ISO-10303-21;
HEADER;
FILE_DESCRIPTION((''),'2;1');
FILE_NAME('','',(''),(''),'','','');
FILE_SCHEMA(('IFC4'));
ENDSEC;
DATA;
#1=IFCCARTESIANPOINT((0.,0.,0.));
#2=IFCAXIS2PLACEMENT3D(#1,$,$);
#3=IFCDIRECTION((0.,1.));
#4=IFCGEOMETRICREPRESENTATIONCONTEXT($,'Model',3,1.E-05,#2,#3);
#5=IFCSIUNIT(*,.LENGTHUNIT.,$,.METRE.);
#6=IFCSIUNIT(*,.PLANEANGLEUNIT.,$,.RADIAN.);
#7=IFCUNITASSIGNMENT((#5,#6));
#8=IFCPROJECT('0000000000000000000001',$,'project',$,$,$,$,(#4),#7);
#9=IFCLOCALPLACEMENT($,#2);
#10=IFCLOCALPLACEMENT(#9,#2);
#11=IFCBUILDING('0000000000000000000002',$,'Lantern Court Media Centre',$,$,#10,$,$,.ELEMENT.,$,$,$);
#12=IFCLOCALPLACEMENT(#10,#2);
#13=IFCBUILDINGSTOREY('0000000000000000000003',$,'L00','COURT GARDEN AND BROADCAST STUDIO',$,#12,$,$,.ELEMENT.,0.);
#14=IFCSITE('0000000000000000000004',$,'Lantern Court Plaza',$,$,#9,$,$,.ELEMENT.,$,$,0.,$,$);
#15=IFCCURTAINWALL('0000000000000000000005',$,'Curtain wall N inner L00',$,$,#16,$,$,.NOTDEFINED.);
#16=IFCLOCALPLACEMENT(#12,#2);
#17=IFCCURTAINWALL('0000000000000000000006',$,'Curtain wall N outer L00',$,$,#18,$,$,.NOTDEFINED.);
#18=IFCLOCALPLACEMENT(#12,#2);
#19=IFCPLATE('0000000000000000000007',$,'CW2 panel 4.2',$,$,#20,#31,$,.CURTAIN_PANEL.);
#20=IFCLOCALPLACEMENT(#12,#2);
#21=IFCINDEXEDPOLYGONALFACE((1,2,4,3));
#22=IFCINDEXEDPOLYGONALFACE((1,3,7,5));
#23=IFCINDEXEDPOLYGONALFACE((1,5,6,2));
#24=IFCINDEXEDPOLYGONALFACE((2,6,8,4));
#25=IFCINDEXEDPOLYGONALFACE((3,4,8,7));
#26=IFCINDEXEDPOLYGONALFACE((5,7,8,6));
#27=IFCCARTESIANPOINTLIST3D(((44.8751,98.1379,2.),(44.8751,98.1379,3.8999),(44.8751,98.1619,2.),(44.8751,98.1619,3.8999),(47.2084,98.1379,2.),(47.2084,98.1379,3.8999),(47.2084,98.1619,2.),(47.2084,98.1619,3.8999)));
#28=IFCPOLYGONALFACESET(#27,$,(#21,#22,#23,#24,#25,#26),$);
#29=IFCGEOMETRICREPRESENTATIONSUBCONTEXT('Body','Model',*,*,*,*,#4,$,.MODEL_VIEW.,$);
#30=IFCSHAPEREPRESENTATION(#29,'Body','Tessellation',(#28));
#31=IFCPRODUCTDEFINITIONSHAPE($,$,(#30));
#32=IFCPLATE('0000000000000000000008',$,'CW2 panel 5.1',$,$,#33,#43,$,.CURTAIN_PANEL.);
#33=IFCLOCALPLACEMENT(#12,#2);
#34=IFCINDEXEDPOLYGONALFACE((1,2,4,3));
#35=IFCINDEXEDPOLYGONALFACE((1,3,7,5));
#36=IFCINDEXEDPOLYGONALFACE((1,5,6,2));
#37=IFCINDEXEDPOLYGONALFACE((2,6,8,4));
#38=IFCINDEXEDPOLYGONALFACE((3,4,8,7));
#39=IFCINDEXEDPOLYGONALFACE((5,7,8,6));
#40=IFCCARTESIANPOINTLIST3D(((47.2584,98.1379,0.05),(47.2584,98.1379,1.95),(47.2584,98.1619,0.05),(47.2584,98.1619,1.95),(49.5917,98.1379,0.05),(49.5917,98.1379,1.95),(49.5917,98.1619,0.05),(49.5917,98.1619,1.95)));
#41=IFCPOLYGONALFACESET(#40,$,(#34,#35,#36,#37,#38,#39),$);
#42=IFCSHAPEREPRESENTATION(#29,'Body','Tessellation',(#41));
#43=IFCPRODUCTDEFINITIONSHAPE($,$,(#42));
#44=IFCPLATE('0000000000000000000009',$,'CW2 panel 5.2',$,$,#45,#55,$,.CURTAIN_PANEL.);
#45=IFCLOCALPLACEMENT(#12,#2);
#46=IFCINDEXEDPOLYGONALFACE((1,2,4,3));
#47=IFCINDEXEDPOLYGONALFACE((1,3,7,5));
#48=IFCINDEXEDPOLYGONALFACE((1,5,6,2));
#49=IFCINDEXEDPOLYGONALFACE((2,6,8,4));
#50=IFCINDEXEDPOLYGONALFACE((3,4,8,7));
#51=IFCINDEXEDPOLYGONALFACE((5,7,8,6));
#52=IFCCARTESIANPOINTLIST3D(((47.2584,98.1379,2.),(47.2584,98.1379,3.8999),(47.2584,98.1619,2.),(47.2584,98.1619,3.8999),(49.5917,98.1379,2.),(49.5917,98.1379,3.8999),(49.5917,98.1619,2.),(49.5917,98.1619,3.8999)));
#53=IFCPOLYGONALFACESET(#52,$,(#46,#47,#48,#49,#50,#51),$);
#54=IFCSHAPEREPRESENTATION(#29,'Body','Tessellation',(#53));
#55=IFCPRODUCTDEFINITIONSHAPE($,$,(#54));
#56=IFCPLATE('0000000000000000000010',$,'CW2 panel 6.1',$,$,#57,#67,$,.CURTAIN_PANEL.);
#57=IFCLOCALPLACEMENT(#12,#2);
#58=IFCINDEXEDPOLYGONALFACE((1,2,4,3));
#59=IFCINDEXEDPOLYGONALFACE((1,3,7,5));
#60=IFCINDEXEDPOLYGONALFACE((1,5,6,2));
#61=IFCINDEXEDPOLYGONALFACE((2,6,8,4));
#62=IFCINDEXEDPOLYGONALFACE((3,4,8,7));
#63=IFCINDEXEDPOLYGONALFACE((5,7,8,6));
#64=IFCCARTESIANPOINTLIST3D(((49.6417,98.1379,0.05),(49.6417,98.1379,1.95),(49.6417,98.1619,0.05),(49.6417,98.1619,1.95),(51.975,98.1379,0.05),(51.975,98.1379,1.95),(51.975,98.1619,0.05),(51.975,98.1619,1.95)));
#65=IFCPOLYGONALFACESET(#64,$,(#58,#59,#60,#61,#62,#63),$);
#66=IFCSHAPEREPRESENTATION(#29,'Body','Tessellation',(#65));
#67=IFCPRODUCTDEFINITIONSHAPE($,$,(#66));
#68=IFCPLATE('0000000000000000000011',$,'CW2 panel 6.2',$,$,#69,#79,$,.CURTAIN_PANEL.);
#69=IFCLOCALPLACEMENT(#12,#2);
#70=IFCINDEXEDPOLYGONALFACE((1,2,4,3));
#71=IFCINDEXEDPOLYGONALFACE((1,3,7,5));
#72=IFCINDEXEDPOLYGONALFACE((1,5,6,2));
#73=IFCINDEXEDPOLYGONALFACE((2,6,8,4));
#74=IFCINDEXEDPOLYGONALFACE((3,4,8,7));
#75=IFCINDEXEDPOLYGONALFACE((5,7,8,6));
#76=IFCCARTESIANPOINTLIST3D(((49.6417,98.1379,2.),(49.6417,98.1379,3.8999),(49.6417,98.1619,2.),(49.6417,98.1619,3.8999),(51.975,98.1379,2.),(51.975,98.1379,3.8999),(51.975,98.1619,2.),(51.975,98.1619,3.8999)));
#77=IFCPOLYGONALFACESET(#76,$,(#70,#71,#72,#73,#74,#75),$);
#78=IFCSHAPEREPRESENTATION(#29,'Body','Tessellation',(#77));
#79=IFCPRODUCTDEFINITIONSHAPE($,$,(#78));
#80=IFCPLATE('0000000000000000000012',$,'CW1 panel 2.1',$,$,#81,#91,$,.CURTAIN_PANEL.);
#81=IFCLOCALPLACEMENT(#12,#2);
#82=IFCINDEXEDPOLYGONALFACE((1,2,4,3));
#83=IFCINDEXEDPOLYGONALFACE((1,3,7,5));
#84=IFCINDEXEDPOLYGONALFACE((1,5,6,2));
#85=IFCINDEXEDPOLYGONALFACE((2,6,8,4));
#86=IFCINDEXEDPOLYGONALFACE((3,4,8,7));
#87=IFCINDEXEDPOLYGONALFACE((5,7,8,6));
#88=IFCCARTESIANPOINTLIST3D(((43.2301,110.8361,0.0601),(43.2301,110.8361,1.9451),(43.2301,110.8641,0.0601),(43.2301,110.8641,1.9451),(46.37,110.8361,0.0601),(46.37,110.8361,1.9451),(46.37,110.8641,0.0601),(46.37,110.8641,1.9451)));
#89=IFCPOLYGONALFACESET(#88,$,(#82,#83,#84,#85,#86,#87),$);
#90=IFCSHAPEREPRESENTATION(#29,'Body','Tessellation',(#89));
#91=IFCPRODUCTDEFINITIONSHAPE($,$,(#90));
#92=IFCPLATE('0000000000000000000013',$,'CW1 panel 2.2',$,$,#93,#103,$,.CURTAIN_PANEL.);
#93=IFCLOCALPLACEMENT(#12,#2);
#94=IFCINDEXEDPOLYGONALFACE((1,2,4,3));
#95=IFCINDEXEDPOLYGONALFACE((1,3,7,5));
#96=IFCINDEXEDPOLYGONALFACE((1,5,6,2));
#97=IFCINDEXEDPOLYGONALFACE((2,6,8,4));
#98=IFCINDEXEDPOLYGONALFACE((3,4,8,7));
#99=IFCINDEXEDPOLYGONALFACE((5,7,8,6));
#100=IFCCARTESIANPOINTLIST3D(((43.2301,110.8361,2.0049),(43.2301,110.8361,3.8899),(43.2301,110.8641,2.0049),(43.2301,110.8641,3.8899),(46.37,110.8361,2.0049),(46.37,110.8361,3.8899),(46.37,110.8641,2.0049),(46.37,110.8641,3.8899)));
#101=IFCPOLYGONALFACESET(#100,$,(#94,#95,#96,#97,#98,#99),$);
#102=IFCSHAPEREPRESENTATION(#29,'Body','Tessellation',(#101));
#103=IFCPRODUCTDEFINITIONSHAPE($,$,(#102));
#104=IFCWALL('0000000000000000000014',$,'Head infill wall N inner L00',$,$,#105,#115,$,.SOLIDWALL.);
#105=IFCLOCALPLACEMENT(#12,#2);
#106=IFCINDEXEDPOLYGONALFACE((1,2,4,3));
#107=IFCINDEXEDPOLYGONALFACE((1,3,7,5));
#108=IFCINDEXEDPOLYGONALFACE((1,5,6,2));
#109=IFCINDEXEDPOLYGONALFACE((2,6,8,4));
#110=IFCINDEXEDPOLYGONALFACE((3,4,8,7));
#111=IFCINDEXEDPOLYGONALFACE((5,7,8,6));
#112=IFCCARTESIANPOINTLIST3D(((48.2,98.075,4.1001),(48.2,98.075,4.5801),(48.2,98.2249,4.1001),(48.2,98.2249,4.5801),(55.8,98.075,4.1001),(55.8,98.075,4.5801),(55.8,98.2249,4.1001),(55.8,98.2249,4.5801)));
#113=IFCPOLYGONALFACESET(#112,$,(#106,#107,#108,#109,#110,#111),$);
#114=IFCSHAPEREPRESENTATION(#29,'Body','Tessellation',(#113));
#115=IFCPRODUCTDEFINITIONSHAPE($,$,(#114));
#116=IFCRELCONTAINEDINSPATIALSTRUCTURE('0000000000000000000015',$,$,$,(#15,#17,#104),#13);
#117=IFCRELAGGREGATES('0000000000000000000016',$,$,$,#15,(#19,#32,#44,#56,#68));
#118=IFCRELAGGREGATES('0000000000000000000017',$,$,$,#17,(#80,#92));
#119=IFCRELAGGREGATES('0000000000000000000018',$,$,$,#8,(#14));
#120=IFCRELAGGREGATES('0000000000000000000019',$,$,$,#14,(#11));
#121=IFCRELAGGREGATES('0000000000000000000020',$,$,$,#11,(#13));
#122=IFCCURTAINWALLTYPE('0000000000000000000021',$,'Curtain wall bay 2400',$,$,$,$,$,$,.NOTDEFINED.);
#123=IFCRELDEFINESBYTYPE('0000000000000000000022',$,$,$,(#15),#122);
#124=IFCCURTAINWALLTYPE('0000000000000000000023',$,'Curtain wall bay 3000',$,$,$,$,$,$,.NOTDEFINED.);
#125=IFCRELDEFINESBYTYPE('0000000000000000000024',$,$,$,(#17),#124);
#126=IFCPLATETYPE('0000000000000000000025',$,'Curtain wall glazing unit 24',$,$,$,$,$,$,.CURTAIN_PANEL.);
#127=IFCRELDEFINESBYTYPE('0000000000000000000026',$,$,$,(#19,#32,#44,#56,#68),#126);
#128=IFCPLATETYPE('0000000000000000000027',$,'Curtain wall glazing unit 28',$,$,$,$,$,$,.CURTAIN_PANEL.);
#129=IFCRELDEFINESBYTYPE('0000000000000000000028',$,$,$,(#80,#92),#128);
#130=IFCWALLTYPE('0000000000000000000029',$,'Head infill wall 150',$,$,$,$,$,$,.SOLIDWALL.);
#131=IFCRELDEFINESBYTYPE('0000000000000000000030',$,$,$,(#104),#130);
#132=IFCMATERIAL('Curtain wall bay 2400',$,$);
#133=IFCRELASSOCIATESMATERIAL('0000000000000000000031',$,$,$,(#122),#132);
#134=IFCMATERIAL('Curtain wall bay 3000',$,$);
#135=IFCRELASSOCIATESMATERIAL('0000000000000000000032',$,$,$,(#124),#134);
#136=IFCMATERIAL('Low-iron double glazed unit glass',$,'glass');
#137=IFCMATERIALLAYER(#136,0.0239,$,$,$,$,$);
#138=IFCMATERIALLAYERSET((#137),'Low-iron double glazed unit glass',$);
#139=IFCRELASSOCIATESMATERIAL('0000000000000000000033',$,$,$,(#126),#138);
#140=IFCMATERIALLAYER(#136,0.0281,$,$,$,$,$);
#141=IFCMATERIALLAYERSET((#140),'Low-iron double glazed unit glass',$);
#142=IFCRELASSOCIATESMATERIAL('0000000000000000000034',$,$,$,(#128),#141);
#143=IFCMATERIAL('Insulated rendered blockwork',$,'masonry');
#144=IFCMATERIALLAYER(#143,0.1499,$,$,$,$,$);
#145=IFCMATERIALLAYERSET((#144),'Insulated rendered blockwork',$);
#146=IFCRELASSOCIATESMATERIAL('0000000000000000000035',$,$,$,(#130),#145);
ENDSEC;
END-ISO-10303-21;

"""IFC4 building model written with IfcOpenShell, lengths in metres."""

from ifc_helpers import new_model, si_unit, direction, frame, frame_2d, origin, origin_2d, place, context, subcontext, project, spatial, rectangle, extrude, material, layer, layer_set, type_object, element, aggregate, save


model = new_model("IFC4")

# Units and contexts
model_context = context("Model", 3, precision=1e-05, world=origin(), true_north=direction((0.0, 1.0)))
body_context = subcontext(model_context, "Body", "Model", "MODEL_VIEW")
ifc_project = project(units=[si_unit("LENGTHUNIT", "METRE"), si_unit("PLANEANGLEUNIT", "RADIAN")], contexts=[model_context])

# Site, building, storey
site_placement = place(None, origin())
site = spatial("IfcSite", under=ifc_project, at=site_placement, Name="Lantern Court Plaza", CompositionType="ELEMENT", RefElevation=0.0)
building_placement = place(site_placement, origin())
building = spatial("IfcBuilding", under=site, at=building_placement, Name="Lantern Court Media Centre", CompositionType="ELEMENT")
storey_placement = place(building_placement, origin())
storey = spatial("IfcBuildingStorey", under=building, at=storey_placement, Name="L00", Description="COURT GARDEN AND BROADCAST STUDIO", CompositionType="ELEMENT", Elevation=0.0)

# Curtain walls
ifc_material_1 = material(Name="Curtain wall bay 2400")
curtain_wall_type_1 = type_object("IfcCurtainWallType", Name="Curtain wall bay 2400", PredefinedType="NOTDEFINED", material=ifc_material_1)
curtain_wall_1_placement = place(storey_placement, origin())
curtain_wall_1 = element("IfcCurtainWall", 1, at=curtain_wall_1_placement, inside=storey, type_object=curtain_wall_type_1, Name="Curtain wall N inner L00", PredefinedType="NOTDEFINED")
ifc_material_2 = material(Name="Curtain wall bay 3000")
curtain_wall_type_2 = type_object("IfcCurtainWallType", Name="Curtain wall bay 3000", PredefinedType="NOTDEFINED", material=ifc_material_2)
curtain_wall_2_placement = place(storey_placement, origin())
curtain_wall_2 = element("IfcCurtainWall", 2, at=curtain_wall_2_placement, inside=storey, type_object=curtain_wall_type_2, Name="Curtain wall N outer L00", PredefinedType="NOTDEFINED")

# Plates
ifc_material_3 = material(Name="Low-iron double glazed unit glass", Category="glass")
ifc_layer_1 = layer(ifc_material_3, 0.0239)
ifc_layer_set_1 = layer_set([ifc_layer_1], Name="Low-iron double glazed unit glass")
plate_type_1 = type_object("IfcPlateType", Name="Curtain wall glazing unit 24", PredefinedType="CURTAIN_PANEL", material=ifc_layer_set_1)
plate_1_placement = place(storey_placement, frame((46.0417, 98.1499, 2.0), z_axis=(0.0, 0.0, 1.0), x_axis=(1.0, 0.0, 0.0)))
plate_1 = element("IfcPlate", 3, at=plate_1_placement, type_object=plate_type_1, Name="CW2 panel 4.2", PredefinedType="CURTAIN_PANEL", context=body_context, shape_type="SweptSolid", body=[
    extrude(rectangle(XDim=2.3333, YDim=0.0239, at=origin_2d()), origin(), (0.0, 0.0, 1.0), 1.8999),
])
plate_2_placement = place(storey_placement, frame((48.425, 98.1499, 0.05), z_axis=(0.0, 0.0, 1.0), x_axis=(1.0, 0.0, 0.0)))
plate_2 = element("IfcPlate", 4, at=plate_2_placement, type_object=plate_type_1, Name="CW2 panel 5.1", PredefinedType="CURTAIN_PANEL", context=body_context, shape_type="SweptSolid", body=[
    extrude(rectangle(XDim=2.3333, YDim=0.0239, at=origin_2d()), origin(), (0.0, 0.0, 1.0), 1.8999),
])
plate_3_placement = place(storey_placement, frame((48.425, 98.1499, 2.0), z_axis=(0.0, 0.0, 1.0), x_axis=(1.0, 0.0, 0.0)))
plate_3 = element("IfcPlate", 5, at=plate_3_placement, type_object=plate_type_1, Name="CW2 panel 5.2", PredefinedType="CURTAIN_PANEL", context=body_context, shape_type="SweptSolid", body=[
    extrude(rectangle(XDim=2.3333, YDim=0.0239, at=origin_2d()), origin(), (0.0, 0.0, 1.0), 1.8999),
])
plate_4_placement = place(storey_placement, frame((50.8083, 98.1499, 0.05), z_axis=(0.0, 0.0, 1.0), x_axis=(1.0, 0.0, 0.0)))
plate_4 = element("IfcPlate", 6, at=plate_4_placement, type_object=plate_type_1, Name="CW2 panel 6.1", PredefinedType="CURTAIN_PANEL", context=body_context, shape_type="SweptSolid", body=[
    extrude(rectangle(XDim=2.3333, YDim=0.0239, at=origin_2d()), origin(), (0.0, 0.0, 1.0), 1.8999),
])
plate_5_placement = place(storey_placement, frame((50.8083, 98.1499, 2.0), z_axis=(0.0, 0.0, 1.0), x_axis=(1.0, 0.0, 0.0)))
plate_5 = element("IfcPlate", 7, at=plate_5_placement, type_object=plate_type_1, Name="CW2 panel 6.2", PredefinedType="CURTAIN_PANEL", context=body_context, shape_type="SweptSolid", body=[
    extrude(rectangle(XDim=2.3333, YDim=0.0239, at=origin_2d()), origin(), (0.0, 0.0, 1.0), 1.8999),
])
aggregate(curtain_wall_1, [plate_1, plate_2, plate_3, plate_4, plate_5])
ifc_layer_2 = layer(ifc_material_3, 0.0281)
ifc_layer_set_2 = layer_set([ifc_layer_2], Name="Low-iron double glazed unit glass")
plate_type_2 = type_object("IfcPlateType", Name="Curtain wall glazing unit 28", PredefinedType="CURTAIN_PANEL", material=ifc_layer_set_2)
plate_6_placement = place(storey_placement, frame((44.8, 110.8501, 0.0601), z_axis=(0.0, 0.0, 1.0), x_axis=(1.0, 0.0, 0.0)))
plate_6 = element("IfcPlate", 8, at=plate_6_placement, type_object=plate_type_2, Name="CW1 panel 2.1", PredefinedType="CURTAIN_PANEL", context=body_context, shape_type="SweptSolid", body=[
    extrude(rectangle(XDim=3.1399, YDim=0.0281, at=origin_2d()), origin(), (0.0, 0.0, 1.0), 1.885),
])
plate_7_placement = place(storey_placement, frame((44.8, 110.8501, 2.0049), z_axis=(0.0, 0.0, 1.0), x_axis=(1.0, 0.0, 0.0)))
plate_7 = element("IfcPlate", 9, at=plate_7_placement, type_object=plate_type_2, Name="CW1 panel 2.2", PredefinedType="CURTAIN_PANEL", context=body_context, shape_type="SweptSolid", body=[
    extrude(rectangle(XDim=3.1399, YDim=0.0281, at=origin_2d()), origin(), (0.0, 0.0, 1.0), 1.885),
])
aggregate(curtain_wall_2, [plate_6, plate_7])

# Wall
ifc_material_4 = material(Name="Insulated rendered blockwork", Category="masonry")
ifc_layer_3 = layer(ifc_material_4, 0.1499)
ifc_layer_set_3 = layer_set([ifc_layer_3], Name="Insulated rendered blockwork")
wall_type = type_object("IfcWallType", Name="Head infill wall 150", PredefinedType="SOLIDWALL", material=ifc_layer_set_3)
wall_placement = place(storey_placement, frame((48.2, 98.1499, 4.1001), z_axis=(0.0, 0.0, 1.0), x_axis=(1.0, 0.0, 0.0)))
element("IfcWall", 10, at=wall_placement, inside=storey, type_object=wall_type, Name="Head infill wall N inner L00", PredefinedType="SOLIDWALL", context=body_context, shape_type="SweptSolid", body=[
    extrude(rectangle(XDim=7.6001, YDim=0.1499, at=frame_2d((3.8, 0.0))), origin(), (0.0, 0.0, 1.0), 0.48),
])

save(model, "model.ifc")
